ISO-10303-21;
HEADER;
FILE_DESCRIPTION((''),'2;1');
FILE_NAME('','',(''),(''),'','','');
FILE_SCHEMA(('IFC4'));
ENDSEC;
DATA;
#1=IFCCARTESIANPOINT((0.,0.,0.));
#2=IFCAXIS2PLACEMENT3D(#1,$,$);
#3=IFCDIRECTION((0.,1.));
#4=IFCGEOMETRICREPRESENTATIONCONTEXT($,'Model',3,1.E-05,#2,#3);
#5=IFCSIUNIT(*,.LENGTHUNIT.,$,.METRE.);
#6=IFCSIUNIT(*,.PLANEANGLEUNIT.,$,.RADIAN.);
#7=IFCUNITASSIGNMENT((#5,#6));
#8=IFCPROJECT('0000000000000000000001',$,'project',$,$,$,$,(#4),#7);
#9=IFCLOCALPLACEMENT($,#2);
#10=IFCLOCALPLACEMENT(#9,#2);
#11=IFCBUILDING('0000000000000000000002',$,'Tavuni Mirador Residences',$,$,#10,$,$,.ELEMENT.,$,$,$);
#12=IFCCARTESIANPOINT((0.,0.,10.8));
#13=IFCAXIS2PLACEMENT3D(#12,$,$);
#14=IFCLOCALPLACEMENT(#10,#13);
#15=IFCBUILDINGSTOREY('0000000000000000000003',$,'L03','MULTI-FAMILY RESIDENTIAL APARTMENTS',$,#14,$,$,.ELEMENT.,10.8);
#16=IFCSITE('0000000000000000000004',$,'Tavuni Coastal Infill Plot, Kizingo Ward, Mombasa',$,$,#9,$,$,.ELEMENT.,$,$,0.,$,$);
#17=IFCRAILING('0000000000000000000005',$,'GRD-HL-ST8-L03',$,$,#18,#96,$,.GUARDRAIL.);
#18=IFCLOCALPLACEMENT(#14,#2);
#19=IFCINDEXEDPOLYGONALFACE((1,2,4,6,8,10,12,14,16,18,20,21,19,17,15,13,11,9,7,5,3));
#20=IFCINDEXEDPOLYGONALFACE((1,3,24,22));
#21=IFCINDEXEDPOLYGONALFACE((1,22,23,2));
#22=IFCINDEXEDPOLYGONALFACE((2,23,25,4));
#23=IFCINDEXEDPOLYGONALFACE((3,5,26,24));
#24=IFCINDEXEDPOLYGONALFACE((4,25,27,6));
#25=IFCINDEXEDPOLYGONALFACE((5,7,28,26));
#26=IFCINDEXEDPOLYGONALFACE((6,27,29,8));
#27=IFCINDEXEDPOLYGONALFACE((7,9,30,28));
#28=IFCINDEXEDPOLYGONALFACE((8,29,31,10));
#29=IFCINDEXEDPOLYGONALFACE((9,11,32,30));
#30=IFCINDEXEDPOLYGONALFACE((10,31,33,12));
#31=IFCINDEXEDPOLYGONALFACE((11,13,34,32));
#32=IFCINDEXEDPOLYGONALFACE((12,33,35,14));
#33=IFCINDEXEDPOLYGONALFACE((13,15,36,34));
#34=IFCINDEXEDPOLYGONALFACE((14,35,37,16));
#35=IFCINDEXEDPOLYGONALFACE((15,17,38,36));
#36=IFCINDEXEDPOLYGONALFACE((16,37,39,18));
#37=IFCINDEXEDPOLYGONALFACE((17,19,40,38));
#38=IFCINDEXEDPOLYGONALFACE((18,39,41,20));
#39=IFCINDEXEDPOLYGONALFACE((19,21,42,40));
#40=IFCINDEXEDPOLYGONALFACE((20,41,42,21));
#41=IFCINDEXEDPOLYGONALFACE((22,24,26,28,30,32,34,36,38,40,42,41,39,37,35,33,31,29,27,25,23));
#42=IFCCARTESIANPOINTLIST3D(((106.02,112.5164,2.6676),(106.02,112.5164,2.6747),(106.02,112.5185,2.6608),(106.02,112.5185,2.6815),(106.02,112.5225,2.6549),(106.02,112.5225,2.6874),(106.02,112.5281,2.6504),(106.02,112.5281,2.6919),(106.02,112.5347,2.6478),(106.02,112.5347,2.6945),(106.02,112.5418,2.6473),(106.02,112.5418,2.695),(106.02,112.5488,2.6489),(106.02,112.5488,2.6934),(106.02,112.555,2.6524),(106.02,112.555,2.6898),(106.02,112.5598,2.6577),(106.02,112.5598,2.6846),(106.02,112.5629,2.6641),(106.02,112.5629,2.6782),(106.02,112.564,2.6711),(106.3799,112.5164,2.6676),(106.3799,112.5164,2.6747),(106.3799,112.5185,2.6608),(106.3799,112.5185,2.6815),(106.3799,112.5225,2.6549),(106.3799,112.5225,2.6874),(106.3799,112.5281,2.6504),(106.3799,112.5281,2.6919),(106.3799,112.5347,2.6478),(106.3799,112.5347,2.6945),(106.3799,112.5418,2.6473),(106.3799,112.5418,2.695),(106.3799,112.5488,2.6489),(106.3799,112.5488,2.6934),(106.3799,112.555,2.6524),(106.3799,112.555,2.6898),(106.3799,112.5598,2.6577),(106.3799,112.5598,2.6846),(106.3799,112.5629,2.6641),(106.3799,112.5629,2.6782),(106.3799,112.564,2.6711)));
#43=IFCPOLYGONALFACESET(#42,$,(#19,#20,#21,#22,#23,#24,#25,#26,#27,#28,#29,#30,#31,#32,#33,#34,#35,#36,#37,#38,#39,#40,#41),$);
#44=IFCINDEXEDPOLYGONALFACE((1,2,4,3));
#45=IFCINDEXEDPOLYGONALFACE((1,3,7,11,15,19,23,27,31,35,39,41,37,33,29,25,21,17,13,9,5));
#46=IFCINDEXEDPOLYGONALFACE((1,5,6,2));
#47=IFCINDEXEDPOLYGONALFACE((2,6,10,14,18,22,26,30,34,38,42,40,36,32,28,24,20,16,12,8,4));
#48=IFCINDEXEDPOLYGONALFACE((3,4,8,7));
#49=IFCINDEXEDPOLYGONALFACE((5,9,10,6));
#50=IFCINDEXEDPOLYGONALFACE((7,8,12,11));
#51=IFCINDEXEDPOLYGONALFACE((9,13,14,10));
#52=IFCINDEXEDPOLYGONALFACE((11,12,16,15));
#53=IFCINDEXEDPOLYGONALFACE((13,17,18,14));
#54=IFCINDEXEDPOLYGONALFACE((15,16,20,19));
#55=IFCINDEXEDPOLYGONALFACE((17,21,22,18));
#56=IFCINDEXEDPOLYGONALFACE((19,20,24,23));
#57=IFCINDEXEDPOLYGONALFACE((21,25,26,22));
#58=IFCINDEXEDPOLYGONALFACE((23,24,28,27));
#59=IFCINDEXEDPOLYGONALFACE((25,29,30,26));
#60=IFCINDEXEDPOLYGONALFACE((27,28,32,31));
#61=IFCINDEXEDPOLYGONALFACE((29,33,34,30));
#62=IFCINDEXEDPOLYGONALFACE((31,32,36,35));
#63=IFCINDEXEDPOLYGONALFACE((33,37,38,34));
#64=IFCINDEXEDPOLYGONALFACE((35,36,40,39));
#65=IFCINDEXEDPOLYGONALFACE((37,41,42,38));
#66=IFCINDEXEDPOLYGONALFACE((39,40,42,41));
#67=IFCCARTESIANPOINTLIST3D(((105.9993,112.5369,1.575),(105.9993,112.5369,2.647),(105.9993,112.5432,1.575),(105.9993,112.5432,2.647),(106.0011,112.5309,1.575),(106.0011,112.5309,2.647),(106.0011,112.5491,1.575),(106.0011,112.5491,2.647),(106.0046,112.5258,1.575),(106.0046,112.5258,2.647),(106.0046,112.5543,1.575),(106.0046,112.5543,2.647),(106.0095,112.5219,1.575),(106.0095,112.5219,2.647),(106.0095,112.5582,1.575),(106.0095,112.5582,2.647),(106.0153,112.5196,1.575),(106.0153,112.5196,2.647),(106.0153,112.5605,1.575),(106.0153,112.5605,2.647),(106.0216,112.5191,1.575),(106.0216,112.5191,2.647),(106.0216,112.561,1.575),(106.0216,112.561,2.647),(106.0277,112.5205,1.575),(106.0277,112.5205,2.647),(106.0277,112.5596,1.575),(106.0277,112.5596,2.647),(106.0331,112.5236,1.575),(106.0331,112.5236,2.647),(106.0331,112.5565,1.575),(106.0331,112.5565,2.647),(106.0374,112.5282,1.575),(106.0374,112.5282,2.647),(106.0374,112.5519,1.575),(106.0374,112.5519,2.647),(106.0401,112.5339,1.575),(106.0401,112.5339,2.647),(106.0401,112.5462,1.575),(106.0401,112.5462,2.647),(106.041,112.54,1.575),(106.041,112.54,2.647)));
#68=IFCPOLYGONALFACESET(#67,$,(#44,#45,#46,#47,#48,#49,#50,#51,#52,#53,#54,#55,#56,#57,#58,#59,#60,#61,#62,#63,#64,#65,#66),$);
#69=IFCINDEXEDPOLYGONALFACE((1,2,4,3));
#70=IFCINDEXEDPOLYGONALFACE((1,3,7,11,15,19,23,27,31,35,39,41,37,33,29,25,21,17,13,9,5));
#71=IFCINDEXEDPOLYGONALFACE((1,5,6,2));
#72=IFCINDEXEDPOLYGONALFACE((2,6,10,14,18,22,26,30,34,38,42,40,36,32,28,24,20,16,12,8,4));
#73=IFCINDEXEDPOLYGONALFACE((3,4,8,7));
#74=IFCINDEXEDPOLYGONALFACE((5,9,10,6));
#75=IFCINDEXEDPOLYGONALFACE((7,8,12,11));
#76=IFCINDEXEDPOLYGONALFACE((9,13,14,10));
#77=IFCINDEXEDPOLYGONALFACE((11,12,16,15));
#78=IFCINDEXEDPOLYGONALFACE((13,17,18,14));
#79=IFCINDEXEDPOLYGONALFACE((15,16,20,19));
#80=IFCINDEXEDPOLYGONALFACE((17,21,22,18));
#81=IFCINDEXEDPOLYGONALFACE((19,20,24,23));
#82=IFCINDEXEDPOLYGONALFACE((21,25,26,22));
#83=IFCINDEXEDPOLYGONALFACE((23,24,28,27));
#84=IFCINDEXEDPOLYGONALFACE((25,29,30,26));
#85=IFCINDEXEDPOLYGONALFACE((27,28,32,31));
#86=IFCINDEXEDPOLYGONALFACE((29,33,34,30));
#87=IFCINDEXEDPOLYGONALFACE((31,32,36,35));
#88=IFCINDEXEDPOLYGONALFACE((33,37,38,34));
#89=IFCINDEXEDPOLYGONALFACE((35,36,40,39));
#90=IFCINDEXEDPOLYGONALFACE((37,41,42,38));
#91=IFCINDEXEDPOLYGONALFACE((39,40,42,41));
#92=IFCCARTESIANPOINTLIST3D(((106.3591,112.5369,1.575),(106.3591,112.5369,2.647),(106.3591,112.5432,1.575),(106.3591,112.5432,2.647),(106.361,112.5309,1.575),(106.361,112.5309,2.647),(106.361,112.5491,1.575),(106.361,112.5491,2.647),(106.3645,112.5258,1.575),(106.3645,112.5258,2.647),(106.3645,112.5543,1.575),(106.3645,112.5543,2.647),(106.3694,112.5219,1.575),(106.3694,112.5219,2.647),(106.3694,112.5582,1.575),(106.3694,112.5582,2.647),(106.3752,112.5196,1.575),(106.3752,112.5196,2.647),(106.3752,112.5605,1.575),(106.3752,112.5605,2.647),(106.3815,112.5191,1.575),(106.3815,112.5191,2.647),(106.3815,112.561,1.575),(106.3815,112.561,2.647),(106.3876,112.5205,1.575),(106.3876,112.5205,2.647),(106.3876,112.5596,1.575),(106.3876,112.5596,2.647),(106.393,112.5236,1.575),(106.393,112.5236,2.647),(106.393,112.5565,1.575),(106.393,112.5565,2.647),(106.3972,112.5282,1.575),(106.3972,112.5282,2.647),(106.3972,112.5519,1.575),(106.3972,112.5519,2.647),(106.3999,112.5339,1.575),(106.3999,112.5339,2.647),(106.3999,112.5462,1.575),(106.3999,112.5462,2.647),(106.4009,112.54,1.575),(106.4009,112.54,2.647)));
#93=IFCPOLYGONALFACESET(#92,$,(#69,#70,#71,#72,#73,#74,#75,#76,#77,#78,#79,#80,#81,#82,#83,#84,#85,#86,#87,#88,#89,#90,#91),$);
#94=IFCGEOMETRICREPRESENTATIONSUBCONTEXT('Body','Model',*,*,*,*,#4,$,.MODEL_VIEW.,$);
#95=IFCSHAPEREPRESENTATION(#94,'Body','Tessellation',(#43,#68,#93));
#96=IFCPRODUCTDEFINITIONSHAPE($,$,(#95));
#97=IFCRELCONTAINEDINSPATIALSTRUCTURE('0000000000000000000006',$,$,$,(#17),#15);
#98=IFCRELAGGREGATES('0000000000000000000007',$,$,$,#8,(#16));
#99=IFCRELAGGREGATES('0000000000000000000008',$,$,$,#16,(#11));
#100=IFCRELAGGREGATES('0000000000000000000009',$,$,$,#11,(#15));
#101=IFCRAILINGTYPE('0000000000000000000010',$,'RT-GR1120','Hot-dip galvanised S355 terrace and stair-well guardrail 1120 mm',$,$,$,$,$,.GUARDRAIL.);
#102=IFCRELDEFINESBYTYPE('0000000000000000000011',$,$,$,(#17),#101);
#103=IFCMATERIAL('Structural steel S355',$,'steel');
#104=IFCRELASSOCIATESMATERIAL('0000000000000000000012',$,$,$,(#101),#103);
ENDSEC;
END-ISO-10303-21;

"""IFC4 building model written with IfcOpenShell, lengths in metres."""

from ifc_helpers import new_model, si_unit, direction, frame, origin, origin_2d, place, context, subcontext, project, spatial, circle, extrude, material, type_object, element, save


model = new_model("IFC4")

# Units and contexts
model_context = context("Model", 3, precision=1e-05, world=origin(), true_north=direction((0.0, 1.0)))
body_context = subcontext(model_context, "Body", "Model", "MODEL_VIEW")
ifc_project = project(units=[si_unit("LENGTHUNIT", "METRE"), si_unit("PLANEANGLEUNIT", "RADIAN")], contexts=[model_context])

# Site, building, storey
site_placement = place(None, origin())
site = spatial("IfcSite", under=ifc_project, at=site_placement, Name="Tavuni Coastal Infill Plot, Kizingo Ward, Mombasa", CompositionType="ELEMENT", RefElevation=0.0)
building_placement = place(site_placement, origin())
building = spatial("IfcBuilding", under=site, at=building_placement, Name="Tavuni Mirador Residences", CompositionType="ELEMENT")
storey_placement = place(building_placement, frame((0.0, 0.0, 10.8)))
storey = spatial("IfcBuildingStorey", under=building, at=storey_placement, Name="L03", Description="MULTI-FAMILY RESIDENTIAL APARTMENTS", CompositionType="ELEMENT", Elevation=10.8)

# Shared definitions
ifc_material_1 = material(Name="Structural steel S355", Category="steel")

# Railing
railing_type_1 = type_object("IfcRailingType", Name="RT-GR1120", Description="Hot-dip galvanised S355 terrace and stair-well guardrail 1120 mm", PredefinedType="GUARDRAIL", material=ifc_material_1)
railing_1_placement = place(storey_placement, frame((106.02, 112.54, 1.575)))
element("IfcRailing", 1, at=railing_1_placement, inside=storey, type_object=railing_type_1, Name="GRD-HL-ST8-L03", PredefinedType="GUARDRAIL", context=body_context, shape_type="SweptSolid", body=[
    extrude(circle(Radius=0.0239, at=origin_2d()), frame((0.0, 0.0, 1.0962), z_axis=(1.0, 0.0, 0.0), x_axis=(0.0, 1.0, 0.0)), (0.0, 0.0, 1.0), 0.3599),
    extrude(circle(Radius=0.021, at=origin_2d()), origin(), (0.0, 0.0, 1.0), 1.072),
    extrude(circle(Radius=0.021, at=origin_2d()), frame((0.3599, 0.0, 0.0)), (0.0, 0.0, 1.0), 1.072),
])

save(model, "model.ifc")
